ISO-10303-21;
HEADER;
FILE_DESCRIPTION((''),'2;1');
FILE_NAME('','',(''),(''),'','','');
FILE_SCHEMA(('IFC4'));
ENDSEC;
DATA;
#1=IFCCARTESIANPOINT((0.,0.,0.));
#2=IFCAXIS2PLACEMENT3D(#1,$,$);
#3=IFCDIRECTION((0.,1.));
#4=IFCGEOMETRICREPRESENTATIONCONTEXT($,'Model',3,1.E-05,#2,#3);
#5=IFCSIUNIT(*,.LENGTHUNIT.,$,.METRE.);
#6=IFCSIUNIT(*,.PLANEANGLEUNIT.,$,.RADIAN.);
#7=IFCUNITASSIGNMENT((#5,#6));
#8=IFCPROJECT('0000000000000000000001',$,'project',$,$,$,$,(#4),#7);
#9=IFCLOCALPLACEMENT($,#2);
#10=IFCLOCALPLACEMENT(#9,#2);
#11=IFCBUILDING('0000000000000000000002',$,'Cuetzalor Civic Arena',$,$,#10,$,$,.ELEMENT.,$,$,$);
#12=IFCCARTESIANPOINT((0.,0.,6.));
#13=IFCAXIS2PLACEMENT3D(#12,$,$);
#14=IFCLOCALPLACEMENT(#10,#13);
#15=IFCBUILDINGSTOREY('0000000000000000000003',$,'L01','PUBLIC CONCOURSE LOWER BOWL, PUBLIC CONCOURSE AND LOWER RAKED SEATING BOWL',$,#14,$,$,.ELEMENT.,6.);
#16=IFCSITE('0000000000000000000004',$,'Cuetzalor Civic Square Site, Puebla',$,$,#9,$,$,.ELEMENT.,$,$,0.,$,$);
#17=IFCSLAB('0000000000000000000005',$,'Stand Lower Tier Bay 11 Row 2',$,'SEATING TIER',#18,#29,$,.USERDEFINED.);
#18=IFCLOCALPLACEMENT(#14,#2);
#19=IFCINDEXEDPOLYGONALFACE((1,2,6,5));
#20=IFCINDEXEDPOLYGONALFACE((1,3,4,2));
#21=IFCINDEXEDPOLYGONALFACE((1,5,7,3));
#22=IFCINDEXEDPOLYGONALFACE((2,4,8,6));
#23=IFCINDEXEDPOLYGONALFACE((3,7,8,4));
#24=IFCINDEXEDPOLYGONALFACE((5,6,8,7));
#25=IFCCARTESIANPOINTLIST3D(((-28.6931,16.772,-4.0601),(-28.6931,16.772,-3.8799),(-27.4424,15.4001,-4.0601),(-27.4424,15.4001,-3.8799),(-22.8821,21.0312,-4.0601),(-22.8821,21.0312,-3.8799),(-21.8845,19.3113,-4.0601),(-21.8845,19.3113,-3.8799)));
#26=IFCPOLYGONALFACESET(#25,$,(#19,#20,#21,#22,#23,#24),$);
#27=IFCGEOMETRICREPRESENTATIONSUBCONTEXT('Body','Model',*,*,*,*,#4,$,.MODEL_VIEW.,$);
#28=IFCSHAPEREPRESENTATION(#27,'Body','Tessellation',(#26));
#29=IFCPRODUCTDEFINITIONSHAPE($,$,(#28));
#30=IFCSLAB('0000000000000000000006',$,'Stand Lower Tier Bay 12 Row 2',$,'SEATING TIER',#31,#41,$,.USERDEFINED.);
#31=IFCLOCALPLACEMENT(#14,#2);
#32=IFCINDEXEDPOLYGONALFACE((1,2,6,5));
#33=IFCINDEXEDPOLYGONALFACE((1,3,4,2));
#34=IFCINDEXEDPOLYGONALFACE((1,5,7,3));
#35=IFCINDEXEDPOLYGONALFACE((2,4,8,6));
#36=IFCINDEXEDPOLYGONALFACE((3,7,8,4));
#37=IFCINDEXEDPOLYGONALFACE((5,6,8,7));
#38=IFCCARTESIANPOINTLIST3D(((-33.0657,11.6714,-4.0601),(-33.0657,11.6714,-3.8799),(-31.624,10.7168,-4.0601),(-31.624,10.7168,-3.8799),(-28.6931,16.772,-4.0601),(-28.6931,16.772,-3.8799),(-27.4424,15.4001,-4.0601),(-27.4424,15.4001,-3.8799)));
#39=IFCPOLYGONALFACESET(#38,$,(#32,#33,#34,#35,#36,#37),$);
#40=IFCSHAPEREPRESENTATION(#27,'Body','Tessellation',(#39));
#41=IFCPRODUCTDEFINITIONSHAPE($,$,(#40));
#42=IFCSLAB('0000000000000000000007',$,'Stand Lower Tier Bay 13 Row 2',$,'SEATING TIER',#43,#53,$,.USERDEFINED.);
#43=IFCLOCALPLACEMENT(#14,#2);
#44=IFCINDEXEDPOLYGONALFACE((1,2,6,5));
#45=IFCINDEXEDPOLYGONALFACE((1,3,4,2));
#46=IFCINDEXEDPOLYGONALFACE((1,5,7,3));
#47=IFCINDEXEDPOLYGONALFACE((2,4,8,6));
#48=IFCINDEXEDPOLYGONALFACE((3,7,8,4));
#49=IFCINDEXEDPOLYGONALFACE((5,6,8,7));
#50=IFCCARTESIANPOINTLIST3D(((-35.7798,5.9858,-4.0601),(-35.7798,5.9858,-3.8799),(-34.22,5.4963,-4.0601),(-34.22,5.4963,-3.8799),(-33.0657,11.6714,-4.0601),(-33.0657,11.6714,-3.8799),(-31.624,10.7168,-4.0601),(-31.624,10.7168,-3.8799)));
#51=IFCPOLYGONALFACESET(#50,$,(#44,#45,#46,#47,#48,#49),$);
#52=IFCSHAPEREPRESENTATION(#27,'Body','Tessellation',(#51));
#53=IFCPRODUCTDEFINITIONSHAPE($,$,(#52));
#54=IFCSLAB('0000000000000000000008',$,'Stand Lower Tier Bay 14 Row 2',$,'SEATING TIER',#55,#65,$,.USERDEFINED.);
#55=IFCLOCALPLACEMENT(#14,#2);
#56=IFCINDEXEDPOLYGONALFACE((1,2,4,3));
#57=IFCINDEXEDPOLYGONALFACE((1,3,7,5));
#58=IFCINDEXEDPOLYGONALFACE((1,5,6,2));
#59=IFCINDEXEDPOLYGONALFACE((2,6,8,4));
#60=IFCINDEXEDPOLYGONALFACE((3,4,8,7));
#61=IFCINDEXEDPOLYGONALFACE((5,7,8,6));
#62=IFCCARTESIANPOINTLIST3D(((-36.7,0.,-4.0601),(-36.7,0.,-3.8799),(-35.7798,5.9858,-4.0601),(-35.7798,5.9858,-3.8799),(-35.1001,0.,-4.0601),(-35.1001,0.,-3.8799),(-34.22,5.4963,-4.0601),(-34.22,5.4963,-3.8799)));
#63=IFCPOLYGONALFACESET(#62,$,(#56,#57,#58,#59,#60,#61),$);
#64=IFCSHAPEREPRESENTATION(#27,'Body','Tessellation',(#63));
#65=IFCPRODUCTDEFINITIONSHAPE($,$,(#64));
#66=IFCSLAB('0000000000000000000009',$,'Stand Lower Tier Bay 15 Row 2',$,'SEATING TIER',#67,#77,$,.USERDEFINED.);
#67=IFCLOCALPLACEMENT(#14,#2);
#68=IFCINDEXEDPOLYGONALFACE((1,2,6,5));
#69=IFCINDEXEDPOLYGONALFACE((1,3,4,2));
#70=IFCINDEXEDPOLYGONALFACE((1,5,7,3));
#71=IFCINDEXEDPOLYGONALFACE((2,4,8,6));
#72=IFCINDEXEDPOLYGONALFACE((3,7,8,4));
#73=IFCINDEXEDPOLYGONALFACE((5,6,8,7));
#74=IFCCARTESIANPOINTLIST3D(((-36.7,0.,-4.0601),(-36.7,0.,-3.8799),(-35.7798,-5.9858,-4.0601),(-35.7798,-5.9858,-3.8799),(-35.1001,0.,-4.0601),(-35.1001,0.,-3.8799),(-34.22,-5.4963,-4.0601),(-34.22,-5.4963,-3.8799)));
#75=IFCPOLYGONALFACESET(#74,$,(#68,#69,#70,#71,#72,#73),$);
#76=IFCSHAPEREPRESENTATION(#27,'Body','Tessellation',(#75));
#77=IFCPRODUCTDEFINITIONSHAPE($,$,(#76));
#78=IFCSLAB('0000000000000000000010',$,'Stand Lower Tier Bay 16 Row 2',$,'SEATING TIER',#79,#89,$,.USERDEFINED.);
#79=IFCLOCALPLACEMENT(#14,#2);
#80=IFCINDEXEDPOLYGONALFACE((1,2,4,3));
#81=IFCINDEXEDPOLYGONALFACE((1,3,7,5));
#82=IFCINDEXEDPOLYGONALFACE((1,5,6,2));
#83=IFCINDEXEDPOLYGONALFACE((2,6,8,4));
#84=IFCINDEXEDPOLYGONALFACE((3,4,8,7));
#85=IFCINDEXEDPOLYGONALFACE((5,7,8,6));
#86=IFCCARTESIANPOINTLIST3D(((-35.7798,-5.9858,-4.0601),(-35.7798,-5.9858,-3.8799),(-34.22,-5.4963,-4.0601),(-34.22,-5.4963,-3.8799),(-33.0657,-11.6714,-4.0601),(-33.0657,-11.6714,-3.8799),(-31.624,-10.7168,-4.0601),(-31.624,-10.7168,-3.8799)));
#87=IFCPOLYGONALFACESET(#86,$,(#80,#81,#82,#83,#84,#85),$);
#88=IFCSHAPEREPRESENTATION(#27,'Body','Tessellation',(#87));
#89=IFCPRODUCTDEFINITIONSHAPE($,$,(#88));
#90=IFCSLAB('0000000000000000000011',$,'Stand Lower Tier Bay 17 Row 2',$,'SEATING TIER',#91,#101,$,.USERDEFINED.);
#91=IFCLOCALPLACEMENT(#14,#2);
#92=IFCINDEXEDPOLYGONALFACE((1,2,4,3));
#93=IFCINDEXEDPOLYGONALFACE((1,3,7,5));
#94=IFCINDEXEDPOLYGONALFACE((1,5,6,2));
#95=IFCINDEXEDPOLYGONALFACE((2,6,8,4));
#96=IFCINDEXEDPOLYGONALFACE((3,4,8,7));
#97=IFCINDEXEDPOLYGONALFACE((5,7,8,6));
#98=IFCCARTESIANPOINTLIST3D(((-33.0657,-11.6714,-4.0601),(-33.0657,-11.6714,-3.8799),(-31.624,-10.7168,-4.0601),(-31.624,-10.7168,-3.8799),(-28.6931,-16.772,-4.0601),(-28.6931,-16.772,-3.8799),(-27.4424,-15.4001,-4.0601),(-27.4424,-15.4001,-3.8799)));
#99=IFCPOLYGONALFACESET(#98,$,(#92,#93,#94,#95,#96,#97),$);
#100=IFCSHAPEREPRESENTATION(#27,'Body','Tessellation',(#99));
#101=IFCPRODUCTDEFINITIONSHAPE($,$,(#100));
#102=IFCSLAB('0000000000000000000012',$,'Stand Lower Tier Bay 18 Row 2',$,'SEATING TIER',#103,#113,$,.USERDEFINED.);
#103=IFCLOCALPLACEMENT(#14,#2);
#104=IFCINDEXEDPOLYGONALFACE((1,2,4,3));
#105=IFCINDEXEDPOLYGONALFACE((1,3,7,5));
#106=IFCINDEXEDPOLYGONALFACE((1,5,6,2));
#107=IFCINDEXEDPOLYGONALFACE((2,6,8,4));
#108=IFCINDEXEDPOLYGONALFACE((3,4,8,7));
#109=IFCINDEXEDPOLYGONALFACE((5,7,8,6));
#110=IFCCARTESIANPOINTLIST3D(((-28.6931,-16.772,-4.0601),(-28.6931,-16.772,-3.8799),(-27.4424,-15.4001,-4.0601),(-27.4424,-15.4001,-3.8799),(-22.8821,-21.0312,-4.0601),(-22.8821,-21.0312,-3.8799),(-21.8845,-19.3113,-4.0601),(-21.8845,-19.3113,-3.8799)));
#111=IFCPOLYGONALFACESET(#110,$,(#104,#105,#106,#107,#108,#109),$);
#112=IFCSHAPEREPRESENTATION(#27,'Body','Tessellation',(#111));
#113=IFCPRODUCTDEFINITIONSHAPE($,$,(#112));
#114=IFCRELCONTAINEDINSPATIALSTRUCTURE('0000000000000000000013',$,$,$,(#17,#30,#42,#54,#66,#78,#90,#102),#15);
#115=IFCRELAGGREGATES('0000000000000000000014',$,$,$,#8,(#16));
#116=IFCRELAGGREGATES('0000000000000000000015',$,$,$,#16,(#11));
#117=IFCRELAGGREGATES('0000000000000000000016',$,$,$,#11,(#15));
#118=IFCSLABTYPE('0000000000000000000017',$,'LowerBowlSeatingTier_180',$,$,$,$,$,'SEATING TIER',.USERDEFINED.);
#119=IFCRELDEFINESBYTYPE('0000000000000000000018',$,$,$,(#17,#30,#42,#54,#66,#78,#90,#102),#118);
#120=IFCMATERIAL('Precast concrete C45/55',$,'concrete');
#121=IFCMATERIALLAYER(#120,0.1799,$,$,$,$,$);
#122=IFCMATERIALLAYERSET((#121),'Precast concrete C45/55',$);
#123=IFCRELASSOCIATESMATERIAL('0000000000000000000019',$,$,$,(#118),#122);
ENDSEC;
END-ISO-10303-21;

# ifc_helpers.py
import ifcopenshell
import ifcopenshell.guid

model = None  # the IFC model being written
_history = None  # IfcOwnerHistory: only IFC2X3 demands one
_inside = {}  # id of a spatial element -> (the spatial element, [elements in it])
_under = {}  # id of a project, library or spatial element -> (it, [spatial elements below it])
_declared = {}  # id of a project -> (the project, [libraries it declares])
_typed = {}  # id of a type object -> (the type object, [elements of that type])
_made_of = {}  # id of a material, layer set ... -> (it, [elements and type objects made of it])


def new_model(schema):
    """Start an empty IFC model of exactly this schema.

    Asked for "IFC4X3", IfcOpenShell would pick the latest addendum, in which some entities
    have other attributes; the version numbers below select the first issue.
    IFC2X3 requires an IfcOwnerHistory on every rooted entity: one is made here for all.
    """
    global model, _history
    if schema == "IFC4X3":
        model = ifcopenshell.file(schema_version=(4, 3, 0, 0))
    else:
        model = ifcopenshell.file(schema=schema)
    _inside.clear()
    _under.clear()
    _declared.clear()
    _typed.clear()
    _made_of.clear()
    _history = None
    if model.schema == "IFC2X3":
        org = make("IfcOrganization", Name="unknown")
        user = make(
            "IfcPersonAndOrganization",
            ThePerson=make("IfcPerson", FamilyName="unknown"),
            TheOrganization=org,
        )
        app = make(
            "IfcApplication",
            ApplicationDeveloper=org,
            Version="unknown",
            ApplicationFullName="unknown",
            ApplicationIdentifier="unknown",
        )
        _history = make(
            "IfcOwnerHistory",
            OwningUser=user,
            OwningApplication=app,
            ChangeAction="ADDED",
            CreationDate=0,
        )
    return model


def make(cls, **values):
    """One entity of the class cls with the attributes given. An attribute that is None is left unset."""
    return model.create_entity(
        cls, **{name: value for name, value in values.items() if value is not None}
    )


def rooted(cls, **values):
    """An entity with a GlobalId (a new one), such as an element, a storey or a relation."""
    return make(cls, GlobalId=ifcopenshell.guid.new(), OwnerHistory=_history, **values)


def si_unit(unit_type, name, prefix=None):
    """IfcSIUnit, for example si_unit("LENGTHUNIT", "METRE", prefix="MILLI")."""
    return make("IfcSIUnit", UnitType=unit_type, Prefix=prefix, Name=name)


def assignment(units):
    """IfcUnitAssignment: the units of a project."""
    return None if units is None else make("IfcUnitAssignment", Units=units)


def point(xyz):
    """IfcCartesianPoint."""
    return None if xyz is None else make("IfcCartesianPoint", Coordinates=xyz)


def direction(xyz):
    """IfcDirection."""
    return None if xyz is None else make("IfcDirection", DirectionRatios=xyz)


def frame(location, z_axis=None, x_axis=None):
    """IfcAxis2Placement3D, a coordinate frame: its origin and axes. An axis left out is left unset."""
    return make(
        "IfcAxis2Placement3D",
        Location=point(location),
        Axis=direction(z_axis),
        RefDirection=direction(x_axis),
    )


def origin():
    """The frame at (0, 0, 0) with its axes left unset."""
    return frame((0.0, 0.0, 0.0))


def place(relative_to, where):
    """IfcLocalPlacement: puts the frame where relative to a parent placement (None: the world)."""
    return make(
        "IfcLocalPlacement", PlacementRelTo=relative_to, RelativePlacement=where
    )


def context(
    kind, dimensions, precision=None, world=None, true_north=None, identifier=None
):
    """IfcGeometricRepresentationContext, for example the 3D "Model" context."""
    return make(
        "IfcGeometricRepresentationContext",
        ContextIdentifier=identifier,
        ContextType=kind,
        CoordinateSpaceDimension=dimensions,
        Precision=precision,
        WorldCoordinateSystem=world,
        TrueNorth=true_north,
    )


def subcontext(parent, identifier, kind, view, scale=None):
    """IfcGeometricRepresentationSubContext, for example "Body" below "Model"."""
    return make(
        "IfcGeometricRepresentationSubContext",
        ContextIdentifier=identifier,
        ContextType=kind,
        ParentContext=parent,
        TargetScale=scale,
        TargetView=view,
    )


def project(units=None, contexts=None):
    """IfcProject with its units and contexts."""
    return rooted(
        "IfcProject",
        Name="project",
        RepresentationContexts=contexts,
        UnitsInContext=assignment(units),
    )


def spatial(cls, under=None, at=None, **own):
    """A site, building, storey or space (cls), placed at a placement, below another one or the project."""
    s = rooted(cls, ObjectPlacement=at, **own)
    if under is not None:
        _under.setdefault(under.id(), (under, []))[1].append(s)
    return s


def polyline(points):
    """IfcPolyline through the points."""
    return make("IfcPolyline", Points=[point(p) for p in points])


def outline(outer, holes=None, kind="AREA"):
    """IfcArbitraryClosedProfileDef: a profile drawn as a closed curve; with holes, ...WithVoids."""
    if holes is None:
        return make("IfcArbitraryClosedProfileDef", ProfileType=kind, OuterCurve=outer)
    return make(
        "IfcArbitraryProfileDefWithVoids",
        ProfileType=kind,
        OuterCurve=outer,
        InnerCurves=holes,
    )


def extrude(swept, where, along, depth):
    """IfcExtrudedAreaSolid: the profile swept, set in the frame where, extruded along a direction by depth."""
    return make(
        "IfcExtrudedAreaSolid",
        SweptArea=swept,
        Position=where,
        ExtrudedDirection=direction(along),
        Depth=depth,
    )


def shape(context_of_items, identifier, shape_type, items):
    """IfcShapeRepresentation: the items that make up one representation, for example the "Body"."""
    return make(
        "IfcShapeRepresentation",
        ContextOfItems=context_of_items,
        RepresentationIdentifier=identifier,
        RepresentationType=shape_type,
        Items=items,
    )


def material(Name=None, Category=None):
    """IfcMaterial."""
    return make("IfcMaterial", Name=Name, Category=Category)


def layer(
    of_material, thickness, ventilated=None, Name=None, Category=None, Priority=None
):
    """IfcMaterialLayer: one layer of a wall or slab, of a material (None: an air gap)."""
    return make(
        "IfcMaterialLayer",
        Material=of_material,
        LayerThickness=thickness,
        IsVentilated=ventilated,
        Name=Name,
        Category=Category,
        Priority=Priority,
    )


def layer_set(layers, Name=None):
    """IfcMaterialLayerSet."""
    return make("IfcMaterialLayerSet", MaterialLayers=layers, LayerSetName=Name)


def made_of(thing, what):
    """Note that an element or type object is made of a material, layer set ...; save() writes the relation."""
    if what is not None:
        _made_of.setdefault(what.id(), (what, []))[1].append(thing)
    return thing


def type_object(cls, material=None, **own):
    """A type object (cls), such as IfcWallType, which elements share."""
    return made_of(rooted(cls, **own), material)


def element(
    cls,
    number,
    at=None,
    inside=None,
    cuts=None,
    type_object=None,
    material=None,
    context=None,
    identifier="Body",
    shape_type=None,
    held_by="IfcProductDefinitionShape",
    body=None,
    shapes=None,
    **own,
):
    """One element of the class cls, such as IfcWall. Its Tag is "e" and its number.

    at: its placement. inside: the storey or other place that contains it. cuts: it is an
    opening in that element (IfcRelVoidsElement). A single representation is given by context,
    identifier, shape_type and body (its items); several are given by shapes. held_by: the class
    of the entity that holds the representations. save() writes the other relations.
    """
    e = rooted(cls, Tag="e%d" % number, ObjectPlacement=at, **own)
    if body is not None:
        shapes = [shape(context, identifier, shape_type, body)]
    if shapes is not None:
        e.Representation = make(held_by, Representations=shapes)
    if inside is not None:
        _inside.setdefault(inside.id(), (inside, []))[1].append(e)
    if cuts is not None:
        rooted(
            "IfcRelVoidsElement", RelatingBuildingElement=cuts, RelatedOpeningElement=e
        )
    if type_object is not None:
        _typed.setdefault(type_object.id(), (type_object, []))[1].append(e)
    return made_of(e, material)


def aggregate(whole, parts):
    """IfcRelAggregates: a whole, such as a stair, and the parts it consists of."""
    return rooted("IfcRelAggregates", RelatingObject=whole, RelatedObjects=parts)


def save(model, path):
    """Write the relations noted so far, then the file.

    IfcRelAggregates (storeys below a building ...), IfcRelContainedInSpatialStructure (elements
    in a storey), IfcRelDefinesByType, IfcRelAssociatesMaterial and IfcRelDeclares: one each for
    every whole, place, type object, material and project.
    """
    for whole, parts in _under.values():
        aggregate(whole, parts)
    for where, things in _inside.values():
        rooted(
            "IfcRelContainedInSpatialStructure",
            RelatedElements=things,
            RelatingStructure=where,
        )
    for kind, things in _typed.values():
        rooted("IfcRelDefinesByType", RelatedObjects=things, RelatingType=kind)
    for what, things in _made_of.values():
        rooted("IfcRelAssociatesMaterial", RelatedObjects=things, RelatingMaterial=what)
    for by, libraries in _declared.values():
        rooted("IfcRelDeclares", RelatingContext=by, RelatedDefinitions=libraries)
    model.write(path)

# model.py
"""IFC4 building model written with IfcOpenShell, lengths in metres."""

from ifc_helpers import new_model, si_unit, direction, frame, origin, place, context, subcontext, project, spatial, polyline, outline, extrude, material, layer, layer_set, type_object, element, save


model = new_model("IFC4")

# Units and contexts
model_context = context("Model", 3, precision=1e-05, world=origin(), true_north=direction((0.0, 1.0)))
body_context = subcontext(model_context, "Body", "Model", "MODEL_VIEW")
ifc_project = project(units=[si_unit("LENGTHUNIT", "METRE"), si_unit("PLANEANGLEUNIT", "RADIAN")], contexts=[model_context])

# Site, building, storey
site_placement = place(None, origin())
site = spatial("IfcSite", under=ifc_project, at=site_placement, Name="Cuetzalor Civic Square Site, Puebla", CompositionType="ELEMENT", RefElevation=0.0)
building_placement = place(site_placement, origin())
building = spatial("IfcBuilding", under=site, at=building_placement, Name="Cuetzalor Civic Arena", CompositionType="ELEMENT")
storey_placement = place(building_placement, frame((0.0, 0.0, 6.0)))
storey = spatial("IfcBuildingStorey", under=building, at=storey_placement, Name="L01", Description="PUBLIC CONCOURSE LOWER BOWL, PUBLIC CONCOURSE AND LOWER RAKED SEATING BOWL", CompositionType="ELEMENT", Elevation=6.0)

# Slabs
ifc_material = material(Name="Precast concrete C45/55", Category="concrete")
ifc_layer = layer(ifc_material, 0.1799)
ifc_layer_set = layer_set([ifc_layer], Name="Precast concrete C45/55")
slab_type = type_object("IfcSlabType", Name="LowerBowlSeatingTier_180", ElementType="SEATING TIER", PredefinedType="USERDEFINED", material=ifc_layer_set)
slab_1_placement = place(storey_placement, frame((0.0, 0.0, -4.0601)))
element("IfcSlab", 1, at=slab_1_placement, inside=storey, type_object=slab_type, Name="Stand Lower Tier Bay 11 Row 2", ObjectType="SEATING TIER", PredefinedType="USERDEFINED", context=body_context, shape_type="SweptSolid", body=[
    extrude(outline(polyline([(-21.8845, 19.3113), (-27.4424, 15.4001), (-28.6931, 16.772), (-22.8821, 21.0312), (-21.8845, 19.3113)])), origin(), (0.0, 0.0, 1.0), 0.1802),
])
slab_2_placement = place(storey_placement, frame((0.0, 0.0, -4.0601)))
element("IfcSlab", 2, at=slab_2_placement, inside=storey, type_object=slab_type, Name="Stand Lower Tier Bay 12 Row 2", ObjectType="SEATING TIER", PredefinedType="USERDEFINED", context=body_context, shape_type="SweptSolid", body=[
    extrude(outline(polyline([(-27.4424, 15.4001), (-31.624, 10.7168), (-33.0657, 11.6714), (-28.6931, 16.772), (-27.4424, 15.4001)])), origin(), (0.0, 0.0, 1.0), 0.1802),
])
slab_3_placement = place(storey_placement, frame((0.0, 0.0, -4.0601)))
element("IfcSlab", 3, at=slab_3_placement, inside=storey, type_object=slab_type, Name="Stand Lower Tier Bay 13 Row 2", ObjectType="SEATING TIER", PredefinedType="USERDEFINED", context=body_context, shape_type="SweptSolid", body=[
    extrude(outline(polyline([(-31.624, 10.7168), (-34.22, 5.4963), (-35.7798, 5.9858), (-33.0657, 11.6714), (-31.624, 10.7168)])), origin(), (0.0, 0.0, 1.0), 0.1802),
])
slab_4_placement = place(storey_placement, frame((0.0, 0.0, -4.0601)))
element("IfcSlab", 4, at=slab_4_placement, inside=storey, type_object=slab_type, Name="Stand Lower Tier Bay 14 Row 2", ObjectType="SEATING TIER", PredefinedType="USERDEFINED", context=body_context, shape_type="SweptSolid", body=[
    extrude(outline(polyline([(-34.22, 5.4963), (-35.1001, 0.0), (-36.7, 0.0), (-35.7798, 5.9858), (-34.22, 5.4963)])), origin(), (0.0, 0.0, 1.0), 0.1802),
])
slab_5_placement = place(storey_placement, frame((0.0, 0.0, -4.0601)))
element("IfcSlab", 5, at=slab_5_placement, inside=storey, type_object=slab_type, Name="Stand Lower Tier Bay 15 Row 2", ObjectType="SEATING TIER", PredefinedType="USERDEFINED", context=body_context, shape_type="SweptSolid", body=[
    extrude(outline(polyline([(-35.1001, 0.0), (-34.22, -5.4963), (-35.7798, -5.9858), (-36.7, 0.0), (-35.1001, 0.0)])), origin(), (0.0, 0.0, 1.0), 0.1802),
])
slab_6_placement = place(storey_placement, frame((0.0, 0.0, -4.0601)))
element("IfcSlab", 6, at=slab_6_placement, inside=storey, type_object=slab_type, Name="Stand Lower Tier Bay 16 Row 2", ObjectType="SEATING TIER", PredefinedType="USERDEFINED", context=body_context, shape_type="SweptSolid", body=[
    extrude(outline(polyline([(-34.22, -5.4963), (-31.624, -10.7168), (-33.0657, -11.6714), (-35.7798, -5.9858), (-34.22, -5.4963)])), origin(), (0.0, 0.0, 1.0), 0.1802),
])
slab_7_placement = place(storey_placement, frame((0.0, 0.0, -4.0601)))
element("IfcSlab", 7, at=slab_7_placement, inside=storey, type_object=slab_type, Name="Stand Lower Tier Bay 17 Row 2", ObjectType="SEATING TIER", PredefinedType="USERDEFINED", context=body_context, shape_type="SweptSolid", body=[
    extrude(outline(polyline([(-31.624, -10.7168), (-27.4424, -15.4001), (-28.6931, -16.772), (-33.0657, -11.6714), (-31.624, -10.7168)])), origin(), (0.0, 0.0, 1.0), 0.1802),
])
slab_8_placement = place(storey_placement, frame((0.0, 0.0, -4.0601)))
element("IfcSlab", 8, at=slab_8_placement, inside=storey, type_object=slab_type, Name="Stand Lower Tier Bay 18 Row 2", ObjectType="SEATING TIER", PredefinedType="USERDEFINED", context=body_context, shape_type="SweptSolid", body=[
    extrude(outline(polyline([(-27.4424, -15.4001), (-21.8845, -19.3113), (-22.8821, -21.0312), (-28.6931, -16.772), (-27.4424, -15.4001)])), origin(), (0.0, 0.0, 1.0), 0.1802),
])

save(model, "model.ifc")
